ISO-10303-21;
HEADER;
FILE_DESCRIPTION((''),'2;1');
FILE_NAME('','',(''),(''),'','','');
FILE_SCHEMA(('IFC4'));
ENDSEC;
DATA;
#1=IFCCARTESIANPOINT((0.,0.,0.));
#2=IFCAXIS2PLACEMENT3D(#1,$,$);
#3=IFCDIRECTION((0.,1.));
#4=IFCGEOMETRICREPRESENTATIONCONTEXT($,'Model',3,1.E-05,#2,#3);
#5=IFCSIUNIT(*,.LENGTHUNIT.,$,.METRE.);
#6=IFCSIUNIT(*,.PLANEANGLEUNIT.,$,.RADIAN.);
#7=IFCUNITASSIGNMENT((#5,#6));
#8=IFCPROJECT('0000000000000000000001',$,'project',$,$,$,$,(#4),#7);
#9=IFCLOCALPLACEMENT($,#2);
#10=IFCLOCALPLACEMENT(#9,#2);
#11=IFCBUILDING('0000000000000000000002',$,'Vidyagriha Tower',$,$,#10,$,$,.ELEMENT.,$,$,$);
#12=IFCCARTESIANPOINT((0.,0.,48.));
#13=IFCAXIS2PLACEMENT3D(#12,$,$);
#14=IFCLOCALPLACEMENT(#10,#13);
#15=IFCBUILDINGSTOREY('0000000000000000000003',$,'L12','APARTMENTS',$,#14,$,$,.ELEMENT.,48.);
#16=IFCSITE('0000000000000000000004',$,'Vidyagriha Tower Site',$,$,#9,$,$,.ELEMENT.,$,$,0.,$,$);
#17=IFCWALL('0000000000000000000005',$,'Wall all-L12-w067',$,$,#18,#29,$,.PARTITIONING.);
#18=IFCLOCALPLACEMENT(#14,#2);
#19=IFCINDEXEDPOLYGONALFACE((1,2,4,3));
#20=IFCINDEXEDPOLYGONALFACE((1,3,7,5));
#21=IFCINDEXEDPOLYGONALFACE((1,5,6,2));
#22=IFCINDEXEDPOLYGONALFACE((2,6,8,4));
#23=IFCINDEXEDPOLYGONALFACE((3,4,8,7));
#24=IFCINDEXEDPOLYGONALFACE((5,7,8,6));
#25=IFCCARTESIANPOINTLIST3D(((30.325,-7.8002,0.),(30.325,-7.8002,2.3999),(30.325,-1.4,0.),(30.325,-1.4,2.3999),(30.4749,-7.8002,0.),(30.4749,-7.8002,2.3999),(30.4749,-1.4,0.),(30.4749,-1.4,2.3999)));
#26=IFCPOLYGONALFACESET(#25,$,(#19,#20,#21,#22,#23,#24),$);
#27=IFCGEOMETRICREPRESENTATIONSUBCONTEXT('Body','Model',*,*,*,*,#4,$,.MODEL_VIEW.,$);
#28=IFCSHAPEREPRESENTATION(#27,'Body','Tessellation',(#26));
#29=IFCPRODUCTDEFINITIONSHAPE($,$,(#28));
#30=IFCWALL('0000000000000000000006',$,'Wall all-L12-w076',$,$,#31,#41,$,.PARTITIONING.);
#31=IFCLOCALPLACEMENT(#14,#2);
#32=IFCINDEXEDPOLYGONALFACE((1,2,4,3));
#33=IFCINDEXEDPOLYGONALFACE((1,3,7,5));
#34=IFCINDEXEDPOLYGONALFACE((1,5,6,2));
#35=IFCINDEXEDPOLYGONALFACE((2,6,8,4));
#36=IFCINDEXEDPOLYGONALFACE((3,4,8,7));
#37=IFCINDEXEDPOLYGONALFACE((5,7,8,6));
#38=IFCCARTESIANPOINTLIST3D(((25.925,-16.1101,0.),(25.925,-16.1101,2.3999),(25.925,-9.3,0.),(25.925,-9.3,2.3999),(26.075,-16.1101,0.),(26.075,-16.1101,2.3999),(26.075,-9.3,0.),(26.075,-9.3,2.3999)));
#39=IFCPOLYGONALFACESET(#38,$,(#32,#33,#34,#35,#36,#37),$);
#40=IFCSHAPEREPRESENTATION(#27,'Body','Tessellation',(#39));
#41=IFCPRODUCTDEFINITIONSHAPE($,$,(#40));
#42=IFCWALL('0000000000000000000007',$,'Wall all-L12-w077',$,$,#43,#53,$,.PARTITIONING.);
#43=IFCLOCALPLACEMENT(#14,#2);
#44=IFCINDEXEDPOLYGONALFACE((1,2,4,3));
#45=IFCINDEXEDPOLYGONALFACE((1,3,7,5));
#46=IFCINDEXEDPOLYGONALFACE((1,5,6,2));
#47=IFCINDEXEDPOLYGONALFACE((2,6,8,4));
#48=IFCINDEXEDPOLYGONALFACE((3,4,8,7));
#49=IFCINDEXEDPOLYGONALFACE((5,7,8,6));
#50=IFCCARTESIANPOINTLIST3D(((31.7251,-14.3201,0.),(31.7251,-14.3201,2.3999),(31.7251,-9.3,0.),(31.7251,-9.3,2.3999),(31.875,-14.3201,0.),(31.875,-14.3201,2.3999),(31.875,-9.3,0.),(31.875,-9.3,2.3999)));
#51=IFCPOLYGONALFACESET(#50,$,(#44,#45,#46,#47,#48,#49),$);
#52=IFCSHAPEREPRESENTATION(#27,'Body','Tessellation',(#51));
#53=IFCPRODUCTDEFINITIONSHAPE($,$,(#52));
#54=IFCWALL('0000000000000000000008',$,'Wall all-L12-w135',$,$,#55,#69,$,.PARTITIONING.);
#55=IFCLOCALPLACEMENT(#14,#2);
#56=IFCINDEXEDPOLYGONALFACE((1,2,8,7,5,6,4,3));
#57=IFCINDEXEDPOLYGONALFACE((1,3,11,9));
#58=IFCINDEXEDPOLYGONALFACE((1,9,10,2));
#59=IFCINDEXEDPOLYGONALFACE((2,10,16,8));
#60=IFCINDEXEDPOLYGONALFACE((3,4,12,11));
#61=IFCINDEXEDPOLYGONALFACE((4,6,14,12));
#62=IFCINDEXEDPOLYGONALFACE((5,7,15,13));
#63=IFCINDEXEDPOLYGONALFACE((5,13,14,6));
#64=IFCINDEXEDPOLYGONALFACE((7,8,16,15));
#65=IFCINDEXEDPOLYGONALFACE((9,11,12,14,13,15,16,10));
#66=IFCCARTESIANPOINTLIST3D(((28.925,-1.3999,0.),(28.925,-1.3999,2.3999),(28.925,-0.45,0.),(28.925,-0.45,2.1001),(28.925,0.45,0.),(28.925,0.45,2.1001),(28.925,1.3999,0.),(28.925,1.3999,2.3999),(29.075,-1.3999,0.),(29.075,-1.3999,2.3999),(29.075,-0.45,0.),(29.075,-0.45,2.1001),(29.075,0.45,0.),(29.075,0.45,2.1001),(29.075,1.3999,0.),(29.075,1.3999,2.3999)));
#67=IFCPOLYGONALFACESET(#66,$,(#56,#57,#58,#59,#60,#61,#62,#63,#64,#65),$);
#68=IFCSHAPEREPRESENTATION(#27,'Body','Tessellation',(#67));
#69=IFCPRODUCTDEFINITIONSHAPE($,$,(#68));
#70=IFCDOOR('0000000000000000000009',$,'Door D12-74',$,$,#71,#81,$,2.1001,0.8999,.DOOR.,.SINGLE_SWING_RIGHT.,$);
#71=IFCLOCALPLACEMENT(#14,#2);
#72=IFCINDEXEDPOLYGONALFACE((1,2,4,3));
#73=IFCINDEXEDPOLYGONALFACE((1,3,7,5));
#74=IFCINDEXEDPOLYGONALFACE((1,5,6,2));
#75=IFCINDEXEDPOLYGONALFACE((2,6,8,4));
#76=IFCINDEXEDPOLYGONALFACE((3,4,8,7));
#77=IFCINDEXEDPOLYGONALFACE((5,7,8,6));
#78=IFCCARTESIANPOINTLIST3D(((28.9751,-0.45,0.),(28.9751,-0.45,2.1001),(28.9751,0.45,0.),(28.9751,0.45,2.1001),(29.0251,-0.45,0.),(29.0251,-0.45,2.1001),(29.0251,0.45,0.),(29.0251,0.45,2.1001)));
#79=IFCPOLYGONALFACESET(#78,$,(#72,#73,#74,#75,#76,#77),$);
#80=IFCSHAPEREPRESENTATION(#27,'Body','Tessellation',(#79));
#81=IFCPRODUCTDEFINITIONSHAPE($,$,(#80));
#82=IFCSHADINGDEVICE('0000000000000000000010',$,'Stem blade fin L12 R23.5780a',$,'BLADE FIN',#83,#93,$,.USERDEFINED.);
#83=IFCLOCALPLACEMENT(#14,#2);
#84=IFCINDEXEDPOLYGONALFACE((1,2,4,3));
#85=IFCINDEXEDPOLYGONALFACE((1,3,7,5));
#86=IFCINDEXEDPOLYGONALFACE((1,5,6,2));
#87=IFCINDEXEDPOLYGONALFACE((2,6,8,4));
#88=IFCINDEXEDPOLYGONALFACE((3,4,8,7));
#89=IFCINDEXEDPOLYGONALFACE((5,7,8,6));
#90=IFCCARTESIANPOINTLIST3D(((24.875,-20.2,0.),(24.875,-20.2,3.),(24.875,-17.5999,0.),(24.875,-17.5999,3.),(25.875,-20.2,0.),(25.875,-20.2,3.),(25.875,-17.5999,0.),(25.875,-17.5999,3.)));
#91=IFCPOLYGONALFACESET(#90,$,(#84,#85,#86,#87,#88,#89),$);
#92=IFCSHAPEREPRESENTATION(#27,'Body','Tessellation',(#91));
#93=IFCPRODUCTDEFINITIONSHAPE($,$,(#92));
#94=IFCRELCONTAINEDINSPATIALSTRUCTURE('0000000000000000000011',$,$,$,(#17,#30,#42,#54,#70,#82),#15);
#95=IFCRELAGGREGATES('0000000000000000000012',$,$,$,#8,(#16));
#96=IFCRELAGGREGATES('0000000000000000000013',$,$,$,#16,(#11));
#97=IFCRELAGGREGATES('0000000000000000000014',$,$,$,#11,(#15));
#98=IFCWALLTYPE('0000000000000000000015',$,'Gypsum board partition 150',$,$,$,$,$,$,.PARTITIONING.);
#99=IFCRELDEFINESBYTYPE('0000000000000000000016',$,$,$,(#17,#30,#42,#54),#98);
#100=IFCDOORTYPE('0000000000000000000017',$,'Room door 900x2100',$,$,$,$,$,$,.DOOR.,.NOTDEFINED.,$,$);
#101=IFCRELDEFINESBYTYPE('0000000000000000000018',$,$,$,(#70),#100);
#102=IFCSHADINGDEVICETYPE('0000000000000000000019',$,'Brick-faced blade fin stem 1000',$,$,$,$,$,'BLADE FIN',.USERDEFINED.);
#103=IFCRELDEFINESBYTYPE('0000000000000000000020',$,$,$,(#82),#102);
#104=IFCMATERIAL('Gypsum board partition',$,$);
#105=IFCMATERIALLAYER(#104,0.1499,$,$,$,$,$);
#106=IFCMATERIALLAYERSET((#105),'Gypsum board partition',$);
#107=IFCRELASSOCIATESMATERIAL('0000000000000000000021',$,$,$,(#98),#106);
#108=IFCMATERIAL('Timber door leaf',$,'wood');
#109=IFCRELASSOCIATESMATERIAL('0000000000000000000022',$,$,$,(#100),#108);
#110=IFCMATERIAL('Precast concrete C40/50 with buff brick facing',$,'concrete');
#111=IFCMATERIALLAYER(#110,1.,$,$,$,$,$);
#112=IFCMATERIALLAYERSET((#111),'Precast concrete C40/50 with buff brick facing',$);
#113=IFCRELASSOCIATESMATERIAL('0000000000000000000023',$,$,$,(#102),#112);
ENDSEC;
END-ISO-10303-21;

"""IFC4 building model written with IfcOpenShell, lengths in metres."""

from ifc_helpers import new_model, si_unit, direction, frame, frame_2d, origin, place, context, subcontext, project, spatial, polyline, rectangle, outline, extrude, material, layer, layer_set, type_object, element, fill, save


model = new_model("IFC4")

# Units and contexts
model_context = context("Model", 3, precision=1e-05, world=origin(), true_north=direction((0.0, 1.0)))
body_context = subcontext(model_context, "Body", "Model", "MODEL_VIEW")
ifc_project = project(units=[si_unit("LENGTHUNIT", "METRE"), si_unit("PLANEANGLEUNIT", "RADIAN")], contexts=[model_context])

# Site, building, storey
site_placement = place(None, origin())
site = spatial("IfcSite", under=ifc_project, at=site_placement, Name="Vidyagriha Tower Site", CompositionType="ELEMENT", RefElevation=0.0)
building_placement = place(site_placement, origin())
building = spatial("IfcBuilding", under=site, at=building_placement, Name="Vidyagriha Tower", CompositionType="ELEMENT")
storey_placement = place(building_placement, frame((0.0, 0.0, 48.0)))
storey = spatial("IfcBuildingStorey", under=building, at=storey_placement, Name="L12", Description="APARTMENTS", CompositionType="ELEMENT", Elevation=48.0)

# Walls
ifc_material_1 = material(Name="Gypsum board partition")
ifc_layer_1 = layer(ifc_material_1, 0.1499)
ifc_layer_set_1 = layer_set([ifc_layer_1], Name="Gypsum board partition")
wall_type_1 = type_object("IfcWallType", Name="Gypsum board partition 150", PredefinedType="PARTITIONING", material=ifc_layer_set_1)
for number, where, z_axis, x_axis, name in (
    (1, (30.3999, -1.3999, 0.0), (0.0, 0.0, 1.0), (0.0, -1.0, 0.0), "Wall all-L12-w067"),
):
    element("IfcWall", number, at=place(storey_placement, frame(where, z_axis=z_axis, x_axis=x_axis)), inside=storey, type_object=wall_type_1, Name=name, PredefinedType="PARTITIONING", context=body_context, shape_type="SweptSolid", body=[
        extrude(rectangle(XDim=6.4001, YDim=0.1499, at=frame_2d((3.2002, 0.0))), origin(), (0.0, 0.0, 1.0), 2.3999),
    ])
wall_1_placement = place(storey_placement, frame((26.0, -9.3, 0.0), z_axis=(0.0, 0.0, 1.0), x_axis=(0.0, -1.0, 0.0)))
element("IfcWall", 2, at=wall_1_placement, inside=storey, type_object=wall_type_1, Name="Wall all-L12-w076", PredefinedType="PARTITIONING", context=body_context, shape_type="SweptSolid", body=[
    extrude(rectangle(XDim=6.8101, YDim=0.1499, at=frame_2d((3.405, 0.0))), origin(), (0.0, 0.0, 1.0), 2.3999),
])
wall_2_placement = place(storey_placement, frame((31.8, -9.3, 0.0), z_axis=(0.0, 0.0, 1.0), x_axis=(0.0, -1.0, 0.0)))
element("IfcWall", 3, at=wall_2_placement, inside=storey, type_object=wall_type_1, Name="Wall all-L12-w077", PredefinedType="PARTITIONING", context=body_context, shape_type="SweptSolid", body=[
    extrude(rectangle(XDim=5.02, YDim=0.1499, at=frame_2d((2.51, 0.0))), origin(), (0.0, 0.0, 1.0), 2.3999),
])

# Wall, opening, door
wall_3_placement = place(storey_placement, frame((29.0, -1.3999, 0.0), z_axis=(0.0, 0.0, 1.0), x_axis=(0.0, 1.0, 0.0)))
wall_3 = element("IfcWall", 4, at=wall_3_placement, inside=storey, type_object=wall_type_1, Name="Wall all-L12-w135", PredefinedType="PARTITIONING", context=body_context, shape_type="SweptSolid", body=[
    extrude(rectangle(XDim=2.7998, YDim=0.1499, at=frame_2d((1.3999, 0.0))), origin(), (0.0, 0.0, 1.0), 2.3999),
])
opening_1_placement = place(wall_3_placement, frame((0.95, 0.0, 0.0)))
opening_1 = element("IfcOpeningElement", 5, at=opening_1_placement, cuts=wall_3, PredefinedType="OPENING", context=body_context, shape_type="SweptSolid", body=[
    extrude(rectangle(XDim=0.8999, YDim=2.1001, at=frame_2d((0.45, 1.05))), frame((0.0, 0.085, 0.0), z_axis=(0.0, -1.0, 0.0), x_axis=(1.0, 0.0, 0.0)), (0.0, 0.0, 1.0), 0.1699),
])
ifc_material_2 = material(Name="Timber door leaf", Category="wood")
door_type_1 = type_object("IfcDoorType", Name="Room door 900x2100", OperationType="NOTDEFINED", PredefinedType="DOOR", material=ifc_material_2)
door_1_placement = place(opening_1_placement, origin())
door_1 = element("IfcDoor", 6, at=door_1_placement, inside=storey, type_object=door_type_1, Name="Door D12-74", OperationType="SINGLE_SWING_RIGHT", OverallHeight=2.1001, OverallWidth=0.8999, PredefinedType="DOOR", context=body_context, shape_type="SweptSolid", body=[
    extrude(rectangle(XDim=0.8999, YDim=2.1001, at=frame_2d((0.45, 1.05))), frame((0.0, 0.0249, 0.0), z_axis=(0.0, -1.0, 0.0), x_axis=(1.0, 0.0, 0.0)), (0.0, 0.0, 1.0), 0.05),
])
fill(opening_1, door_1)

# Shading device
ifc_material_3 = material(Name="Precast concrete C40/50 with buff brick facing", Category="concrete")
ifc_layer_2 = layer(ifc_material_3, 1.0)
ifc_layer_set_2 = layer_set([ifc_layer_2], Name="Precast concrete C40/50 with buff brick facing")
shading_device_type = type_object("IfcShadingDeviceType", Name="Brick-faced blade fin stem 1000", ElementType="BLADE FIN", PredefinedType="USERDEFINED", material=ifc_layer_set_2)
shading_device_placement = place(storey_placement, frame((24.875, -18.8999, 0.0)))
element("IfcShadingDevice", 7, at=shading_device_placement, inside=storey, type_object=shading_device_type, Name="Stem blade fin L12 R23.5780a", ObjectType="BLADE FIN", PredefinedType="USERDEFINED", context=body_context, shape_type="SweptSolid", body=[
    extrude(outline(polyline([(0.0, 0.0), (1.0, 0.0), (1.0, 3.0), (0.0, 3.0), (0.0, 0.0)])), frame((0.0, 1.3, 0.0), z_axis=(0.0, -1.0, 0.0), x_axis=(1.0, 0.0, 0.0)), (0.0, 0.0, 1.0), 2.6001),
])

save(model, "model.ifc")
